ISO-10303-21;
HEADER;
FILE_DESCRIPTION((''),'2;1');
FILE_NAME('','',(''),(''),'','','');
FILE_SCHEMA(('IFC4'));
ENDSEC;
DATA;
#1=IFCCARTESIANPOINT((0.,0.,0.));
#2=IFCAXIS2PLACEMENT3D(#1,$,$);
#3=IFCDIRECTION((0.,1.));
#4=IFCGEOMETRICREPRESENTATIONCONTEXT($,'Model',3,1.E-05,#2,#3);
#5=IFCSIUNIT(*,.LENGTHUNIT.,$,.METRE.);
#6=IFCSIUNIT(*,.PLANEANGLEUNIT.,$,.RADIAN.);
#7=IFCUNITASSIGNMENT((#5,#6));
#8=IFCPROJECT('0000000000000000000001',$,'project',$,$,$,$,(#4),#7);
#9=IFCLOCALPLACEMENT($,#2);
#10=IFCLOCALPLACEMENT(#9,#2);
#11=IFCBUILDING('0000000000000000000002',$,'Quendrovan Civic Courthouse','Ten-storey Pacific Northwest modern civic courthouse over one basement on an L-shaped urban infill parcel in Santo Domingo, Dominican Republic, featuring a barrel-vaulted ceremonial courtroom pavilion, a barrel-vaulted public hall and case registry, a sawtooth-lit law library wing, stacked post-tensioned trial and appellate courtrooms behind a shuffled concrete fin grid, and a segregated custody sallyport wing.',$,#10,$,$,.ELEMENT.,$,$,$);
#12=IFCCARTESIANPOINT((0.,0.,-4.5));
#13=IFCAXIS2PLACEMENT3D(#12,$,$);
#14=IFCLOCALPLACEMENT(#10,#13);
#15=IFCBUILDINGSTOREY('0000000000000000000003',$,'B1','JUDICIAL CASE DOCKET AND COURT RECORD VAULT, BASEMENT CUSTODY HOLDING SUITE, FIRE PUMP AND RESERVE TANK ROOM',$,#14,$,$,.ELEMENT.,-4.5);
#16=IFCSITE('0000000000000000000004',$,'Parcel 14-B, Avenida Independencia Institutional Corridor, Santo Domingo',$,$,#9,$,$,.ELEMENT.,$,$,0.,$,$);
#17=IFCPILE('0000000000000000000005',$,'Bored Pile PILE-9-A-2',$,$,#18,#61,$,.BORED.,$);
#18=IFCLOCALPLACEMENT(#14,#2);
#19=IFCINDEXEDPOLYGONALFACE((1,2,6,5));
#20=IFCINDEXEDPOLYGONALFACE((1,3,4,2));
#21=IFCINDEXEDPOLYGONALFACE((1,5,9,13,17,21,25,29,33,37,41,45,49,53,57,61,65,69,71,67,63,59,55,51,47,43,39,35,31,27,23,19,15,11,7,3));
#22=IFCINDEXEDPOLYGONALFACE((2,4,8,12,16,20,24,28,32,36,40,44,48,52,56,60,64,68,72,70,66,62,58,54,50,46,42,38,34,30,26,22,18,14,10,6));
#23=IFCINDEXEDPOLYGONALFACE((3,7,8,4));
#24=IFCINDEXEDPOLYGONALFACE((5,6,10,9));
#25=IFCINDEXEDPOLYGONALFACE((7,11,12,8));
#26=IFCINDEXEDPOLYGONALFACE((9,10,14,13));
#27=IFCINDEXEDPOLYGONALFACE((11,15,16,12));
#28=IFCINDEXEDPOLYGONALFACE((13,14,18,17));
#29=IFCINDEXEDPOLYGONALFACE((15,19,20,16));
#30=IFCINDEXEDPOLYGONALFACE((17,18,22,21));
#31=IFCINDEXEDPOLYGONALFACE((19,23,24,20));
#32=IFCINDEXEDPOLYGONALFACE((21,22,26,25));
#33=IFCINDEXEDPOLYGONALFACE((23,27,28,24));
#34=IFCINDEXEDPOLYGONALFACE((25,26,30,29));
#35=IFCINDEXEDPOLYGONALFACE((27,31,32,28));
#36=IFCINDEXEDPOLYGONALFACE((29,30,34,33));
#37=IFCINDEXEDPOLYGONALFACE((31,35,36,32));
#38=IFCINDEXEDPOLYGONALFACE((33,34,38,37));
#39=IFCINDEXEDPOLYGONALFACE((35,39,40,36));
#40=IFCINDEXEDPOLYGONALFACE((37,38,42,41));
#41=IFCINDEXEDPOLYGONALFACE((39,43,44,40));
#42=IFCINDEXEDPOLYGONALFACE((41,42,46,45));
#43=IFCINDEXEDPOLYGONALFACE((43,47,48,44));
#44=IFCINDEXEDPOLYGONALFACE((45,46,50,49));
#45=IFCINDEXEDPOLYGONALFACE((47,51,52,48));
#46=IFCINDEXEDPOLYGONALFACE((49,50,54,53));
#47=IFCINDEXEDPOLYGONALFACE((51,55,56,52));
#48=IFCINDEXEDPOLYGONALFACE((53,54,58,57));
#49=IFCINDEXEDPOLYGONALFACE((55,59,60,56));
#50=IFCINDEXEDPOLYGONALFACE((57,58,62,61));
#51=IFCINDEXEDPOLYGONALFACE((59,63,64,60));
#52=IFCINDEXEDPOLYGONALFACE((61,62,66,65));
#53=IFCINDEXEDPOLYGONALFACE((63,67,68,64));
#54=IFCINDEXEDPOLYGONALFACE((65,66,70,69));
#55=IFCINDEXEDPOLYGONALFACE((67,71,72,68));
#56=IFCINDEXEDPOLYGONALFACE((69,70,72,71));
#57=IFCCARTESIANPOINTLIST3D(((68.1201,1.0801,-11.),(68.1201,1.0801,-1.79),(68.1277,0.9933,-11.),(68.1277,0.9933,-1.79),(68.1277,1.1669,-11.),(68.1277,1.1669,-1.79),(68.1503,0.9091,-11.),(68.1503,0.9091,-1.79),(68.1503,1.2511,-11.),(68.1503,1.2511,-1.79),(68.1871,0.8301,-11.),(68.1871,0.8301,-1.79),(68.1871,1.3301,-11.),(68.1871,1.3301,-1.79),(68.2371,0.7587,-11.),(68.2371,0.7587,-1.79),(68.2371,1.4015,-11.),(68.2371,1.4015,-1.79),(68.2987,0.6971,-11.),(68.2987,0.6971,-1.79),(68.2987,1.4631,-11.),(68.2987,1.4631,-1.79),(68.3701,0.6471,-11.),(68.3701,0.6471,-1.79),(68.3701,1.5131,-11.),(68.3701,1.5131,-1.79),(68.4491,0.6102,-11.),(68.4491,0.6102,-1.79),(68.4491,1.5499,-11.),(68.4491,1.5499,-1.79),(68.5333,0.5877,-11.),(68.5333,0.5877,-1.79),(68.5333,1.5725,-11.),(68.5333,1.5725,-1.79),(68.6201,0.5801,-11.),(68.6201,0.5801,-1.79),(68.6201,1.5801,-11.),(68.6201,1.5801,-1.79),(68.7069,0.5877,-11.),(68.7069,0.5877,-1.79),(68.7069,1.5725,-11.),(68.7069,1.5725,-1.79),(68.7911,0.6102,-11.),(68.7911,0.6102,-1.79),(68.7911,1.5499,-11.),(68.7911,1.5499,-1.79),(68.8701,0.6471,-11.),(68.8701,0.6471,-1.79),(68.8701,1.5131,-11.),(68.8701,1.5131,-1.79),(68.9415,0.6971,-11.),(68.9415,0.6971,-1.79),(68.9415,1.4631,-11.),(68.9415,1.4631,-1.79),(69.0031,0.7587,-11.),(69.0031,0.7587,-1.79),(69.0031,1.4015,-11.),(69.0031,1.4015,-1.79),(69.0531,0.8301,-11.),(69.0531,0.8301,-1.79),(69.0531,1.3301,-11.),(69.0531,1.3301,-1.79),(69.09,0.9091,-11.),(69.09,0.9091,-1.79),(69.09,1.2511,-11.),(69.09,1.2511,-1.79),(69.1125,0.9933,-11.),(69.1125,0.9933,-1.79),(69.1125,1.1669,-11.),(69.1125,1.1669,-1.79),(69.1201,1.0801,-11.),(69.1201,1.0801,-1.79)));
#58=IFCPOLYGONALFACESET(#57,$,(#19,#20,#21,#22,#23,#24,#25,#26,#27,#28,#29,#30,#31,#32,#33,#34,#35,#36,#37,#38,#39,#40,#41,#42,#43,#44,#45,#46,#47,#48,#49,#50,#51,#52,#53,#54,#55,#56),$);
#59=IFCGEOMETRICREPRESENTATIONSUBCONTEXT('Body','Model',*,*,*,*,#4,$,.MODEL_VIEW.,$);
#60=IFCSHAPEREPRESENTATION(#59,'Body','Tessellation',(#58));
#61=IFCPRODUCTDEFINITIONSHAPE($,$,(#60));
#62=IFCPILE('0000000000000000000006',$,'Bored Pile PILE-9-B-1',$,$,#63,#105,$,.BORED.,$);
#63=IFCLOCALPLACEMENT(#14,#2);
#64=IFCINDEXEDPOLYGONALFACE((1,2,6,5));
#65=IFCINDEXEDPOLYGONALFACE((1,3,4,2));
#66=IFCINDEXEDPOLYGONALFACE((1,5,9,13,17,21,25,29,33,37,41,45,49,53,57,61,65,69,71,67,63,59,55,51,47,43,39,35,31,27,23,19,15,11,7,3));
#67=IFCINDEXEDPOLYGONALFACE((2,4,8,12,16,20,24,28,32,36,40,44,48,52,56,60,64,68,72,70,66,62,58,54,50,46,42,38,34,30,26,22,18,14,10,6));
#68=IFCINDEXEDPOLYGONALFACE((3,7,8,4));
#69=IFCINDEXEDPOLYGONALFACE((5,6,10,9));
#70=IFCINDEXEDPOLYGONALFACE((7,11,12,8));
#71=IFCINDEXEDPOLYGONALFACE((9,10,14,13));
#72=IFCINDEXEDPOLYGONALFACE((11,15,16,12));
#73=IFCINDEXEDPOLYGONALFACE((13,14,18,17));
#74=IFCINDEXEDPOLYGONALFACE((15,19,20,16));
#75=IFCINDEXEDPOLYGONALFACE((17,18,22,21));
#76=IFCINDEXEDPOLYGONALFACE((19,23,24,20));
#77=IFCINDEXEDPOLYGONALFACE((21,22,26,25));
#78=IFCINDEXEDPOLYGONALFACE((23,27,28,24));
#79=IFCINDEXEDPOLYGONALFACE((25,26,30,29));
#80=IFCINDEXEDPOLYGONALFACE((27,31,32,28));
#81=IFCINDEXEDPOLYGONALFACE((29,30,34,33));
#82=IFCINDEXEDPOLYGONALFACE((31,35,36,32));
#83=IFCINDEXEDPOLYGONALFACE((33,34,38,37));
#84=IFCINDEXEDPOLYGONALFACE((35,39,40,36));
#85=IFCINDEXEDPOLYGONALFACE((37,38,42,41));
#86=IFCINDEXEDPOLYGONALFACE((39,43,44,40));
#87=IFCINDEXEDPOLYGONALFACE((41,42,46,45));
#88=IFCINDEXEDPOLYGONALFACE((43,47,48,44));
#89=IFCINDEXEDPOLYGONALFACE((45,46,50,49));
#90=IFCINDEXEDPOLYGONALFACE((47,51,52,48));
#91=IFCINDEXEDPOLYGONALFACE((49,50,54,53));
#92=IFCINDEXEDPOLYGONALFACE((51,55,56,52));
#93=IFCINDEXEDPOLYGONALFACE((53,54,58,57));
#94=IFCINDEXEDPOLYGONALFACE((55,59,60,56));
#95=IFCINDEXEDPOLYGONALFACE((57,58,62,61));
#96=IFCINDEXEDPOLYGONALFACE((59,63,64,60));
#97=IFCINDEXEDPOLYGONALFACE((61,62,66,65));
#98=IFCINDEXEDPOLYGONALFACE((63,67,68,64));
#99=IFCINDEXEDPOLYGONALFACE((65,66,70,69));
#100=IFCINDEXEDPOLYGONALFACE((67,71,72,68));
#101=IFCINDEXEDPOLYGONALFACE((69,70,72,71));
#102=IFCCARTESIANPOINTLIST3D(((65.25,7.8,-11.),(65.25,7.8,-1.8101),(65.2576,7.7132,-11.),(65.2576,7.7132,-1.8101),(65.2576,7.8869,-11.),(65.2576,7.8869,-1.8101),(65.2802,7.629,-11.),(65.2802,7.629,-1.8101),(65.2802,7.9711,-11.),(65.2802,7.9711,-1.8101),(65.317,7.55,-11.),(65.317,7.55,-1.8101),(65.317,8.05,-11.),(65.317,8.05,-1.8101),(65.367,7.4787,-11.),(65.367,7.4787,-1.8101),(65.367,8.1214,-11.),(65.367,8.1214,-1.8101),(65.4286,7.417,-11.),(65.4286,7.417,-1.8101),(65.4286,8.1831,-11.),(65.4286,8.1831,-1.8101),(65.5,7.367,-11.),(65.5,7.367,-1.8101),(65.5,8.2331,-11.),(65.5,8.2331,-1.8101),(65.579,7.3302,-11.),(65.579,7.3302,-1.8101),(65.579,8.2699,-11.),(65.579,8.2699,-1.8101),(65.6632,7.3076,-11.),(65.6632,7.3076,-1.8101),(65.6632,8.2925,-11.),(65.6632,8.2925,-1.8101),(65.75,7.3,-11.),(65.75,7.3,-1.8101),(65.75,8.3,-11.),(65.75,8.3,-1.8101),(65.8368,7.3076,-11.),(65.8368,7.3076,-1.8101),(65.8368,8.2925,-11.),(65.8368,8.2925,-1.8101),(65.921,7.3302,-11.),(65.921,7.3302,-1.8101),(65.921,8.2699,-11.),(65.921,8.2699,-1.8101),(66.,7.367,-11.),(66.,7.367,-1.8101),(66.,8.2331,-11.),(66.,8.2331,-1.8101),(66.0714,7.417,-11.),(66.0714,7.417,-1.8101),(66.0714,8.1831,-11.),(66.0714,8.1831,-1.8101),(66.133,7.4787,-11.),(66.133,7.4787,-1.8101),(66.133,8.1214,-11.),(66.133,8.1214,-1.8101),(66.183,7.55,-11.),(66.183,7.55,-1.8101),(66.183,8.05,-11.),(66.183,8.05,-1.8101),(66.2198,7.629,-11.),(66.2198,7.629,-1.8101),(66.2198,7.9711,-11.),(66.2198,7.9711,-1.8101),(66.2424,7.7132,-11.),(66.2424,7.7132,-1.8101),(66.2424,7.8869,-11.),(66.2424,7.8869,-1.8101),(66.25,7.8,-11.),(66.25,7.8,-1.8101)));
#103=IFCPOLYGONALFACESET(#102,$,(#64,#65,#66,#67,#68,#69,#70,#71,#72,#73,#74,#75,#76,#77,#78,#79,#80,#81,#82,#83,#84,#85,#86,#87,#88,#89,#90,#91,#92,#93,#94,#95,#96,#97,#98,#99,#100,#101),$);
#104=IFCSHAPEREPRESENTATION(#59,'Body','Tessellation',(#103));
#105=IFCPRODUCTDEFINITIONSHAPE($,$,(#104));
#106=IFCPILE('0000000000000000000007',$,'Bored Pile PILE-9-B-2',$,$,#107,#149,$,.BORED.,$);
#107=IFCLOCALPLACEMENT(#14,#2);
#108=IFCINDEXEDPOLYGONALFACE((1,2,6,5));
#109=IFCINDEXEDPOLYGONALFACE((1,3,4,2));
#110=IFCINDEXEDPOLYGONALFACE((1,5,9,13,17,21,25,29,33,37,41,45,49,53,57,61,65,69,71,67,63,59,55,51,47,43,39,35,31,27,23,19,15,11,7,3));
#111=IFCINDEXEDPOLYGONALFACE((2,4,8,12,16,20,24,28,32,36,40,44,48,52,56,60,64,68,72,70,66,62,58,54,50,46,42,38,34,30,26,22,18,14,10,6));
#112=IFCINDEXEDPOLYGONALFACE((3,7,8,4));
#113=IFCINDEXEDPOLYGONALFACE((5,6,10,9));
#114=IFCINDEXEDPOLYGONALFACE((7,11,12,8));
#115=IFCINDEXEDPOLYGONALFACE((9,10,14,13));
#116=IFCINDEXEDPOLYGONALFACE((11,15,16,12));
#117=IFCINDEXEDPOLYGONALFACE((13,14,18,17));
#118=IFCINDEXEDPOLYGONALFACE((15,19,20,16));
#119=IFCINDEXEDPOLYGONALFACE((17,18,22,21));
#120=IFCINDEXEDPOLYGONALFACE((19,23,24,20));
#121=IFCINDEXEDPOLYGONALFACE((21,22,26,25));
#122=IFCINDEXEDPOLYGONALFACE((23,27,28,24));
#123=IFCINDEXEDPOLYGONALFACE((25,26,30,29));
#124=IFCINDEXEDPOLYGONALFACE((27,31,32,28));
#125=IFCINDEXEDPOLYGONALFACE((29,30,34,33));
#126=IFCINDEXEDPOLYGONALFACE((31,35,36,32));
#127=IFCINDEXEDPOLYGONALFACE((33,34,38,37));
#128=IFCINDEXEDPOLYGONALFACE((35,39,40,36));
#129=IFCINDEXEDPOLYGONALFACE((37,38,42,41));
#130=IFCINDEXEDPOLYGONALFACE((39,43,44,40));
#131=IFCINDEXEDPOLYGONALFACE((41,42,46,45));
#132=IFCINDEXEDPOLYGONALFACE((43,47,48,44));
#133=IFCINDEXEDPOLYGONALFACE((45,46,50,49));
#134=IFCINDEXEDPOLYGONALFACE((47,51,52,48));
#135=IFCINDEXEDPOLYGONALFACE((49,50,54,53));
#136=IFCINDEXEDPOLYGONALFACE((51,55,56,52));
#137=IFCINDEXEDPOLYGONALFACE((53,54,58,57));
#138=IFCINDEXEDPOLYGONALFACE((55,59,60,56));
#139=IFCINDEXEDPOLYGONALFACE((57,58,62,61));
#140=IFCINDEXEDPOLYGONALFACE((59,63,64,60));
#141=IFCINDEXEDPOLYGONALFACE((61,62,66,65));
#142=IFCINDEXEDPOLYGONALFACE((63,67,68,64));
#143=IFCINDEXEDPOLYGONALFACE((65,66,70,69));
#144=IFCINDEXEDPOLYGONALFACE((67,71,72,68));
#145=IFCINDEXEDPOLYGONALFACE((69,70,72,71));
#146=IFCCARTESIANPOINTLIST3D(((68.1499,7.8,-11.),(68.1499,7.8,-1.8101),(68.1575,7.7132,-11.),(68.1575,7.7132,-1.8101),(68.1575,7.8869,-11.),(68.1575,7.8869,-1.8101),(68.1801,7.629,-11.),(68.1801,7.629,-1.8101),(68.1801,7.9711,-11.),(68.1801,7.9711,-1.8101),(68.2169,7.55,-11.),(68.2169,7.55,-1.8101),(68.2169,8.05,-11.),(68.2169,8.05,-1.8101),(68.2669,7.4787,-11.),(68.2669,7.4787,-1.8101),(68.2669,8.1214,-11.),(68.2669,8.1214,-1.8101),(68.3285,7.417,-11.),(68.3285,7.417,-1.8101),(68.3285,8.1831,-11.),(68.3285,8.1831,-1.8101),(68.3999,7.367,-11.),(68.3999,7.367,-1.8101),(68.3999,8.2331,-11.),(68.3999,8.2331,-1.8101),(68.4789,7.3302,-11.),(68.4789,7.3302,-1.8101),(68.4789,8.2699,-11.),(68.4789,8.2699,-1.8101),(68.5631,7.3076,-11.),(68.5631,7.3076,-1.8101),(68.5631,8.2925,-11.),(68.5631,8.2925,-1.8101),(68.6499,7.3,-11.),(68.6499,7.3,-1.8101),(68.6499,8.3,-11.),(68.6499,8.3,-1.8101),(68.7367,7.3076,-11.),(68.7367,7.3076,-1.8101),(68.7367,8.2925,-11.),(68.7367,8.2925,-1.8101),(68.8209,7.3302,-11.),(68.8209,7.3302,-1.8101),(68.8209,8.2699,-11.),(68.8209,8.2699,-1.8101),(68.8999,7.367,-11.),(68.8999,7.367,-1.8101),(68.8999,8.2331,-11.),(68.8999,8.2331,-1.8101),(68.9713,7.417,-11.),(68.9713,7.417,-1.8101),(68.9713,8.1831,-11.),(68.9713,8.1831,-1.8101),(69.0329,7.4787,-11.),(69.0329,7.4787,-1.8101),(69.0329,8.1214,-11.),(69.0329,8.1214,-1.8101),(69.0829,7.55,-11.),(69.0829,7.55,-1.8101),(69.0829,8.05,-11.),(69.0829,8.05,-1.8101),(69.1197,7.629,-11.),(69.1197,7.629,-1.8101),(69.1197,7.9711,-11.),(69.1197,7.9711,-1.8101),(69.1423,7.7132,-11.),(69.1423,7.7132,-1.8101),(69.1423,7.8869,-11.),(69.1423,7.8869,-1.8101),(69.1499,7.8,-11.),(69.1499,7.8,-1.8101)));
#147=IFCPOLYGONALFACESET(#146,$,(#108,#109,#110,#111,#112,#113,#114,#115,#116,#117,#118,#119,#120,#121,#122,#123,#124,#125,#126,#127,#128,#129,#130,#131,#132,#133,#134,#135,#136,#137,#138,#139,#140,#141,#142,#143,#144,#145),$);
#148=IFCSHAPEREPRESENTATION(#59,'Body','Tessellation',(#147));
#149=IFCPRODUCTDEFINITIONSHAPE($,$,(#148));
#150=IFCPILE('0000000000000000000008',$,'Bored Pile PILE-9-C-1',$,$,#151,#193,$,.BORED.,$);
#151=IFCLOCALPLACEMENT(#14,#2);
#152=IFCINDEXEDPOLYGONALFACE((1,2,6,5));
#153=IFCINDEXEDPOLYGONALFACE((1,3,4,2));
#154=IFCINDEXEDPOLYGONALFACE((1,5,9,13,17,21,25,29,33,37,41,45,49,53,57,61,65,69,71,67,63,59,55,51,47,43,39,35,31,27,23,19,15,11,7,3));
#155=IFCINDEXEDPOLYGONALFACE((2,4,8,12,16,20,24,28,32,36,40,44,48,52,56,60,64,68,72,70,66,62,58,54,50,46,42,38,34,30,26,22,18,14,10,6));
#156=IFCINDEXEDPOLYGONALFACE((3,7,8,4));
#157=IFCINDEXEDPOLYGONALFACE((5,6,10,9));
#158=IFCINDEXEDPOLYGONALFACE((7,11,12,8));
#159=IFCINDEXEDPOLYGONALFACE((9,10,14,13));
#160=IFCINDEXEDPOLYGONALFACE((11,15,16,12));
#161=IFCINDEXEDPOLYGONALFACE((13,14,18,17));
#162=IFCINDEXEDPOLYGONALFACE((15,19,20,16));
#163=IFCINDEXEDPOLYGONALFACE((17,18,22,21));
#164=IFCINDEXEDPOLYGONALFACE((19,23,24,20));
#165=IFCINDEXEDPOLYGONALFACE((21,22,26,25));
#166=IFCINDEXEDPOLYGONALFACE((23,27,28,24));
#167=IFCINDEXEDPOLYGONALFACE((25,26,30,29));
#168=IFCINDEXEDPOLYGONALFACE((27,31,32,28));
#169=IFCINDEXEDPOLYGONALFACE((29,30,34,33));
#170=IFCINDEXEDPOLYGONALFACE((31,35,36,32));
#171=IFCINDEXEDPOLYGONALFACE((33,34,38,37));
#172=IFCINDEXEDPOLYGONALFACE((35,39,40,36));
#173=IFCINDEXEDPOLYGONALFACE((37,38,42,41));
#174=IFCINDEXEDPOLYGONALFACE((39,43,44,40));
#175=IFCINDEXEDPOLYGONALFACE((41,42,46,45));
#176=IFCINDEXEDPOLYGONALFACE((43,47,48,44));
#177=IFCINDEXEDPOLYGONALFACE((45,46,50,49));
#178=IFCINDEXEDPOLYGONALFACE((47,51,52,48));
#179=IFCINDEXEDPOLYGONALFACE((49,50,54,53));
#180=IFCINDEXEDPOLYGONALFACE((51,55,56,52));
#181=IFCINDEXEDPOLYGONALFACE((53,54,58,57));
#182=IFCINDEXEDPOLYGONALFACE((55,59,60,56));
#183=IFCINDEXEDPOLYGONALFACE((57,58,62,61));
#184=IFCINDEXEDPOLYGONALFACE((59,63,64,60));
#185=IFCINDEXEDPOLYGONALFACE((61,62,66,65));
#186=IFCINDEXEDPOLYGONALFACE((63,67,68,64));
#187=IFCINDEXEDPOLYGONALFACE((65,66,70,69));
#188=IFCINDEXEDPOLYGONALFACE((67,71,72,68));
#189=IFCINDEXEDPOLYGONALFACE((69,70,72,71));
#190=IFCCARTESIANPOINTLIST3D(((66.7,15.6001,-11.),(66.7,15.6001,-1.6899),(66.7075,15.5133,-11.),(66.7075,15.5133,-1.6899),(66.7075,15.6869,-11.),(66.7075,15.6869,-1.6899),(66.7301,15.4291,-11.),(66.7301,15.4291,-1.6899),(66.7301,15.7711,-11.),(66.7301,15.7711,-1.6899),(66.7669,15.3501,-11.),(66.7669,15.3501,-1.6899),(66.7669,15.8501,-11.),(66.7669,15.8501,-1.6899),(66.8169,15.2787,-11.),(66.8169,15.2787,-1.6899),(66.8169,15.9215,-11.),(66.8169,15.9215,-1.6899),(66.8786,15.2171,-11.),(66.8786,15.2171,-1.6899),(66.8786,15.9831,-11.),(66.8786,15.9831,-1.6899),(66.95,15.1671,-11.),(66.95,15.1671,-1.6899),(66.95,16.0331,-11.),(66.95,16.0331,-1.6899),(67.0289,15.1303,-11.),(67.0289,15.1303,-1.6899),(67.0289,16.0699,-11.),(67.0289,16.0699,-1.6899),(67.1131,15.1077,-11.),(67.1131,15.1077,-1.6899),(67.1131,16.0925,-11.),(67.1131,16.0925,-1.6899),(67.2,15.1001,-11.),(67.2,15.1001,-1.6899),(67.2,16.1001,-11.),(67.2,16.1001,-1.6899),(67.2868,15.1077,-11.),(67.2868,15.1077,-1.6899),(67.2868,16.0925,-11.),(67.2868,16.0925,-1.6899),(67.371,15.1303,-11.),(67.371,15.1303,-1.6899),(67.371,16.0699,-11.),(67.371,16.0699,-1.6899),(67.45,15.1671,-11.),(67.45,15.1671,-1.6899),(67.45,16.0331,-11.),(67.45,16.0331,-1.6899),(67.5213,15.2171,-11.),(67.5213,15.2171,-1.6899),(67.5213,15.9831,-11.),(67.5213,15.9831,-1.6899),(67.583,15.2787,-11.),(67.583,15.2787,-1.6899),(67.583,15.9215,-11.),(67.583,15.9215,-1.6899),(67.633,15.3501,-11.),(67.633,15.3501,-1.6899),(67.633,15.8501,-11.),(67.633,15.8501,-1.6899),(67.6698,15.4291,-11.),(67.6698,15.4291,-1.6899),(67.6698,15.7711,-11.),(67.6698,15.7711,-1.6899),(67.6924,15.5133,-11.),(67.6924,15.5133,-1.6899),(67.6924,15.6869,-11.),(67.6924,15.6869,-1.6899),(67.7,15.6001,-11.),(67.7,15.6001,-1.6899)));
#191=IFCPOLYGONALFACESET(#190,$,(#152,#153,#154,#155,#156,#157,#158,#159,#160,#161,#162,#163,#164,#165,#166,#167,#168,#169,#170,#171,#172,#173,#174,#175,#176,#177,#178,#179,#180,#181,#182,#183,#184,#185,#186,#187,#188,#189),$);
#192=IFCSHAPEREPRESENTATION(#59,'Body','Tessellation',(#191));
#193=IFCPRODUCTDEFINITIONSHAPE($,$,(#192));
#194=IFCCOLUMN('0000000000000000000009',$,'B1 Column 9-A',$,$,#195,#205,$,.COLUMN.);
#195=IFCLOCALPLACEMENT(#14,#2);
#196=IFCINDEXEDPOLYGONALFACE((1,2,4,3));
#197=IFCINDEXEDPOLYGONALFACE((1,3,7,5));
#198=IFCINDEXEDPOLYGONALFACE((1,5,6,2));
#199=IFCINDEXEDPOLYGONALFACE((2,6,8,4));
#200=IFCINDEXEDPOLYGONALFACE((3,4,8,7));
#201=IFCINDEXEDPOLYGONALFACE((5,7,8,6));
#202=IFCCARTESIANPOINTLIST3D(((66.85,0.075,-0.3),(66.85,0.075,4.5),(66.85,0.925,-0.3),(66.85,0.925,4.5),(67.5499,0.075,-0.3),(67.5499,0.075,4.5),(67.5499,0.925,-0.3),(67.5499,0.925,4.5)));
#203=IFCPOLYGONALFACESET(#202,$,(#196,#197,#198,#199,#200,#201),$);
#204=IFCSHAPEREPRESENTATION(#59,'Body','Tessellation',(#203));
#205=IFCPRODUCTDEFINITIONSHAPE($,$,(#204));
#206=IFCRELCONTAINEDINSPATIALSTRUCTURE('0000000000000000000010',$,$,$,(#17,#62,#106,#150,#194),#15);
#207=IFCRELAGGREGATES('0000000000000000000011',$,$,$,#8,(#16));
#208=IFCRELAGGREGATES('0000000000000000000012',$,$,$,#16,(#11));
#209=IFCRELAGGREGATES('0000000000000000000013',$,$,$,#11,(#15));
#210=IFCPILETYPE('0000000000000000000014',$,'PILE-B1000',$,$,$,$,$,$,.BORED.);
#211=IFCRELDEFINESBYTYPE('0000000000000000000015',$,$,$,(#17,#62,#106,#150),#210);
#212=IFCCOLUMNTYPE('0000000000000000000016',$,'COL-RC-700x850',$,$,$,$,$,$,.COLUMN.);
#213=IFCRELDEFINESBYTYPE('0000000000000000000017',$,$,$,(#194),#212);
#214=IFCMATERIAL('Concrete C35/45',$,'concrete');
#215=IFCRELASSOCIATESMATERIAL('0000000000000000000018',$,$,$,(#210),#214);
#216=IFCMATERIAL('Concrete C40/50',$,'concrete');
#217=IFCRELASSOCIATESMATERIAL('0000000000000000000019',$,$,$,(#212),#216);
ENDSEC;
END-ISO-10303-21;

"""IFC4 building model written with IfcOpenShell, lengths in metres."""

from ifc_helpers import new_model, si_unit, direction, frame, origin, origin_2d, place, context, subcontext, project, spatial, rectangle, circle, extrude, material, material_profile, profile_set, type_object, element, save


model = new_model("IFC4")

# Units and contexts
model_context = context("Model", 3, precision=1e-05, world=origin(), true_north=direction((0.0, 1.0)))
body_context = subcontext(model_context, "Body", "Model", "MODEL_VIEW")
ifc_project = project(units=[si_unit("LENGTHUNIT", "METRE"), si_unit("PLANEANGLEUNIT", "RADIAN")], contexts=[model_context])

# Site, building, storey
site_placement = place(None, origin())
site = spatial("IfcSite", under=ifc_project, at=site_placement, Name="Parcel 14-B, Avenida Independencia Institutional Corridor, Santo Domingo", CompositionType="ELEMENT", RefElevation=0.0)
building_placement = place(site_placement, origin())
building = spatial("IfcBuilding", under=site, at=building_placement, Name="Quendrovan Civic Courthouse", Description="Ten-storey Pacific Northwest modern civic courthouse over one basement on an L-shaped urban infill parcel in Santo Domingo, Dominican Republic, featuring a barrel-vaulted ceremonial courtroom pavilion, a barrel-vaulted public hall and case registry, a sawtooth-lit law library wing, stacked post-tensioned trial and appellate courtrooms behind a shuffled concrete fin grid, and a segregated custody sallyport wing.", CompositionType="ELEMENT")
storey_placement = place(building_placement, frame((0.0, 0.0, -4.5)))
storey = spatial("IfcBuildingStorey", under=building, at=storey_placement, Name="B1", Description="JUDICIAL CASE DOCKET AND COURT RECORD VAULT, BASEMENT CUSTODY HOLDING SUITE, FIRE PUMP AND RESERVE TANK ROOM", CompositionType="ELEMENT", Elevation=-4.5)

# Shared definitions
ifc_material_1 = material(Name="Concrete C35/45", Category="concrete")

# Piles
ifc_material_profile_1 = material_profile(ifc_material_1, circle(Radius=0.5, at=origin_2d()), Name="PILE-D1000")
ifc_profile_set_1 = profile_set([ifc_material_profile_1], Name="Concrete C35/45")
pile_type = type_object("IfcPileType", Name="PILE-B1000", PredefinedType="BORED", material=ifc_profile_set_1)
for number, where, z_axis, x_axis, name in (
    (1, (68.6201, 1.0801, -1.79), (0.0, 0.0, -1.0), (1.0, 0.0, 0.0), "Bored Pile PILE-9-A-2"),
):
    element("IfcPile", number, at=place(storey_placement, frame(where, z_axis=z_axis, x_axis=x_axis)), inside=storey, type_object=pile_type, Name=name, PredefinedType="BORED", context=body_context, shape_type="SweptSolid", body=[
        extrude(circle(Radius=0.5, at=origin_2d()), origin(), (0.0, 0.0, 1.0), 9.21),
    ])
for number, where, z_axis, x_axis, name in (
    (2, (65.75, 7.8, -1.8101), (0.0, 0.0, -1.0), (1.0, 0.0, 0.0), "Bored Pile PILE-9-B-1"),
    (3, (68.6499, 7.8, -1.8101), (0.0, 0.0, -1.0), (1.0, 0.0, 0.0), "Bored Pile PILE-9-B-2"),
):
    element("IfcPile", number, at=place(storey_placement, frame(where, z_axis=z_axis, x_axis=x_axis)), inside=storey, type_object=pile_type, Name=name, PredefinedType="BORED", context=body_context, shape_type="SweptSolid", body=[
        extrude(circle(Radius=0.5, at=origin_2d()), origin(), (0.0, 0.0, 1.0), 9.1899),
    ])
pile_placement = place(storey_placement, frame((67.2, 15.6001, -1.6899), z_axis=(0.0, 0.0, -1.0), x_axis=(1.0, 0.0, 0.0)))
element("IfcPile", 4, at=pile_placement, inside=storey, type_object=pile_type, Name="Bored Pile PILE-9-C-1", PredefinedType="BORED", context=body_context, shape_type="SweptSolid", body=[
    extrude(circle(Radius=0.5, at=origin_2d()), origin(), (0.0, 0.0, 1.0), 9.3101),
])

# Column
ifc_material_2 = material(Name="Concrete C40/50", Category="concrete")
ifc_material_profile_2 = material_profile(ifc_material_2, rectangle(XDim=0.7, YDim=0.8501, at=origin_2d()), Name="RC-COL-700x850")
ifc_profile_set_2 = profile_set([ifc_material_profile_2], Name="Concrete C40/50")
column_type_1 = type_object("IfcColumnType", Name="COL-RC-700x850", PredefinedType="COLUMN", material=ifc_profile_set_2)
column_1_placement = place(storey_placement, frame((67.2, 0.5, -0.3), z_axis=(0.0, 0.0, 1.0), x_axis=(1.0, 0.0, 0.0)))
element("IfcColumn", 5, at=column_1_placement, inside=storey, type_object=column_type_1, Name="B1 Column 9-A", PredefinedType="COLUMN", context=body_context, shape_type="SweptSolid", body=[
    extrude(rectangle(XDim=0.7, YDim=0.8501, at=origin_2d()), origin(), (0.0, 0.0, 1.0), 4.8),
])

save(model, "model.ifc")
